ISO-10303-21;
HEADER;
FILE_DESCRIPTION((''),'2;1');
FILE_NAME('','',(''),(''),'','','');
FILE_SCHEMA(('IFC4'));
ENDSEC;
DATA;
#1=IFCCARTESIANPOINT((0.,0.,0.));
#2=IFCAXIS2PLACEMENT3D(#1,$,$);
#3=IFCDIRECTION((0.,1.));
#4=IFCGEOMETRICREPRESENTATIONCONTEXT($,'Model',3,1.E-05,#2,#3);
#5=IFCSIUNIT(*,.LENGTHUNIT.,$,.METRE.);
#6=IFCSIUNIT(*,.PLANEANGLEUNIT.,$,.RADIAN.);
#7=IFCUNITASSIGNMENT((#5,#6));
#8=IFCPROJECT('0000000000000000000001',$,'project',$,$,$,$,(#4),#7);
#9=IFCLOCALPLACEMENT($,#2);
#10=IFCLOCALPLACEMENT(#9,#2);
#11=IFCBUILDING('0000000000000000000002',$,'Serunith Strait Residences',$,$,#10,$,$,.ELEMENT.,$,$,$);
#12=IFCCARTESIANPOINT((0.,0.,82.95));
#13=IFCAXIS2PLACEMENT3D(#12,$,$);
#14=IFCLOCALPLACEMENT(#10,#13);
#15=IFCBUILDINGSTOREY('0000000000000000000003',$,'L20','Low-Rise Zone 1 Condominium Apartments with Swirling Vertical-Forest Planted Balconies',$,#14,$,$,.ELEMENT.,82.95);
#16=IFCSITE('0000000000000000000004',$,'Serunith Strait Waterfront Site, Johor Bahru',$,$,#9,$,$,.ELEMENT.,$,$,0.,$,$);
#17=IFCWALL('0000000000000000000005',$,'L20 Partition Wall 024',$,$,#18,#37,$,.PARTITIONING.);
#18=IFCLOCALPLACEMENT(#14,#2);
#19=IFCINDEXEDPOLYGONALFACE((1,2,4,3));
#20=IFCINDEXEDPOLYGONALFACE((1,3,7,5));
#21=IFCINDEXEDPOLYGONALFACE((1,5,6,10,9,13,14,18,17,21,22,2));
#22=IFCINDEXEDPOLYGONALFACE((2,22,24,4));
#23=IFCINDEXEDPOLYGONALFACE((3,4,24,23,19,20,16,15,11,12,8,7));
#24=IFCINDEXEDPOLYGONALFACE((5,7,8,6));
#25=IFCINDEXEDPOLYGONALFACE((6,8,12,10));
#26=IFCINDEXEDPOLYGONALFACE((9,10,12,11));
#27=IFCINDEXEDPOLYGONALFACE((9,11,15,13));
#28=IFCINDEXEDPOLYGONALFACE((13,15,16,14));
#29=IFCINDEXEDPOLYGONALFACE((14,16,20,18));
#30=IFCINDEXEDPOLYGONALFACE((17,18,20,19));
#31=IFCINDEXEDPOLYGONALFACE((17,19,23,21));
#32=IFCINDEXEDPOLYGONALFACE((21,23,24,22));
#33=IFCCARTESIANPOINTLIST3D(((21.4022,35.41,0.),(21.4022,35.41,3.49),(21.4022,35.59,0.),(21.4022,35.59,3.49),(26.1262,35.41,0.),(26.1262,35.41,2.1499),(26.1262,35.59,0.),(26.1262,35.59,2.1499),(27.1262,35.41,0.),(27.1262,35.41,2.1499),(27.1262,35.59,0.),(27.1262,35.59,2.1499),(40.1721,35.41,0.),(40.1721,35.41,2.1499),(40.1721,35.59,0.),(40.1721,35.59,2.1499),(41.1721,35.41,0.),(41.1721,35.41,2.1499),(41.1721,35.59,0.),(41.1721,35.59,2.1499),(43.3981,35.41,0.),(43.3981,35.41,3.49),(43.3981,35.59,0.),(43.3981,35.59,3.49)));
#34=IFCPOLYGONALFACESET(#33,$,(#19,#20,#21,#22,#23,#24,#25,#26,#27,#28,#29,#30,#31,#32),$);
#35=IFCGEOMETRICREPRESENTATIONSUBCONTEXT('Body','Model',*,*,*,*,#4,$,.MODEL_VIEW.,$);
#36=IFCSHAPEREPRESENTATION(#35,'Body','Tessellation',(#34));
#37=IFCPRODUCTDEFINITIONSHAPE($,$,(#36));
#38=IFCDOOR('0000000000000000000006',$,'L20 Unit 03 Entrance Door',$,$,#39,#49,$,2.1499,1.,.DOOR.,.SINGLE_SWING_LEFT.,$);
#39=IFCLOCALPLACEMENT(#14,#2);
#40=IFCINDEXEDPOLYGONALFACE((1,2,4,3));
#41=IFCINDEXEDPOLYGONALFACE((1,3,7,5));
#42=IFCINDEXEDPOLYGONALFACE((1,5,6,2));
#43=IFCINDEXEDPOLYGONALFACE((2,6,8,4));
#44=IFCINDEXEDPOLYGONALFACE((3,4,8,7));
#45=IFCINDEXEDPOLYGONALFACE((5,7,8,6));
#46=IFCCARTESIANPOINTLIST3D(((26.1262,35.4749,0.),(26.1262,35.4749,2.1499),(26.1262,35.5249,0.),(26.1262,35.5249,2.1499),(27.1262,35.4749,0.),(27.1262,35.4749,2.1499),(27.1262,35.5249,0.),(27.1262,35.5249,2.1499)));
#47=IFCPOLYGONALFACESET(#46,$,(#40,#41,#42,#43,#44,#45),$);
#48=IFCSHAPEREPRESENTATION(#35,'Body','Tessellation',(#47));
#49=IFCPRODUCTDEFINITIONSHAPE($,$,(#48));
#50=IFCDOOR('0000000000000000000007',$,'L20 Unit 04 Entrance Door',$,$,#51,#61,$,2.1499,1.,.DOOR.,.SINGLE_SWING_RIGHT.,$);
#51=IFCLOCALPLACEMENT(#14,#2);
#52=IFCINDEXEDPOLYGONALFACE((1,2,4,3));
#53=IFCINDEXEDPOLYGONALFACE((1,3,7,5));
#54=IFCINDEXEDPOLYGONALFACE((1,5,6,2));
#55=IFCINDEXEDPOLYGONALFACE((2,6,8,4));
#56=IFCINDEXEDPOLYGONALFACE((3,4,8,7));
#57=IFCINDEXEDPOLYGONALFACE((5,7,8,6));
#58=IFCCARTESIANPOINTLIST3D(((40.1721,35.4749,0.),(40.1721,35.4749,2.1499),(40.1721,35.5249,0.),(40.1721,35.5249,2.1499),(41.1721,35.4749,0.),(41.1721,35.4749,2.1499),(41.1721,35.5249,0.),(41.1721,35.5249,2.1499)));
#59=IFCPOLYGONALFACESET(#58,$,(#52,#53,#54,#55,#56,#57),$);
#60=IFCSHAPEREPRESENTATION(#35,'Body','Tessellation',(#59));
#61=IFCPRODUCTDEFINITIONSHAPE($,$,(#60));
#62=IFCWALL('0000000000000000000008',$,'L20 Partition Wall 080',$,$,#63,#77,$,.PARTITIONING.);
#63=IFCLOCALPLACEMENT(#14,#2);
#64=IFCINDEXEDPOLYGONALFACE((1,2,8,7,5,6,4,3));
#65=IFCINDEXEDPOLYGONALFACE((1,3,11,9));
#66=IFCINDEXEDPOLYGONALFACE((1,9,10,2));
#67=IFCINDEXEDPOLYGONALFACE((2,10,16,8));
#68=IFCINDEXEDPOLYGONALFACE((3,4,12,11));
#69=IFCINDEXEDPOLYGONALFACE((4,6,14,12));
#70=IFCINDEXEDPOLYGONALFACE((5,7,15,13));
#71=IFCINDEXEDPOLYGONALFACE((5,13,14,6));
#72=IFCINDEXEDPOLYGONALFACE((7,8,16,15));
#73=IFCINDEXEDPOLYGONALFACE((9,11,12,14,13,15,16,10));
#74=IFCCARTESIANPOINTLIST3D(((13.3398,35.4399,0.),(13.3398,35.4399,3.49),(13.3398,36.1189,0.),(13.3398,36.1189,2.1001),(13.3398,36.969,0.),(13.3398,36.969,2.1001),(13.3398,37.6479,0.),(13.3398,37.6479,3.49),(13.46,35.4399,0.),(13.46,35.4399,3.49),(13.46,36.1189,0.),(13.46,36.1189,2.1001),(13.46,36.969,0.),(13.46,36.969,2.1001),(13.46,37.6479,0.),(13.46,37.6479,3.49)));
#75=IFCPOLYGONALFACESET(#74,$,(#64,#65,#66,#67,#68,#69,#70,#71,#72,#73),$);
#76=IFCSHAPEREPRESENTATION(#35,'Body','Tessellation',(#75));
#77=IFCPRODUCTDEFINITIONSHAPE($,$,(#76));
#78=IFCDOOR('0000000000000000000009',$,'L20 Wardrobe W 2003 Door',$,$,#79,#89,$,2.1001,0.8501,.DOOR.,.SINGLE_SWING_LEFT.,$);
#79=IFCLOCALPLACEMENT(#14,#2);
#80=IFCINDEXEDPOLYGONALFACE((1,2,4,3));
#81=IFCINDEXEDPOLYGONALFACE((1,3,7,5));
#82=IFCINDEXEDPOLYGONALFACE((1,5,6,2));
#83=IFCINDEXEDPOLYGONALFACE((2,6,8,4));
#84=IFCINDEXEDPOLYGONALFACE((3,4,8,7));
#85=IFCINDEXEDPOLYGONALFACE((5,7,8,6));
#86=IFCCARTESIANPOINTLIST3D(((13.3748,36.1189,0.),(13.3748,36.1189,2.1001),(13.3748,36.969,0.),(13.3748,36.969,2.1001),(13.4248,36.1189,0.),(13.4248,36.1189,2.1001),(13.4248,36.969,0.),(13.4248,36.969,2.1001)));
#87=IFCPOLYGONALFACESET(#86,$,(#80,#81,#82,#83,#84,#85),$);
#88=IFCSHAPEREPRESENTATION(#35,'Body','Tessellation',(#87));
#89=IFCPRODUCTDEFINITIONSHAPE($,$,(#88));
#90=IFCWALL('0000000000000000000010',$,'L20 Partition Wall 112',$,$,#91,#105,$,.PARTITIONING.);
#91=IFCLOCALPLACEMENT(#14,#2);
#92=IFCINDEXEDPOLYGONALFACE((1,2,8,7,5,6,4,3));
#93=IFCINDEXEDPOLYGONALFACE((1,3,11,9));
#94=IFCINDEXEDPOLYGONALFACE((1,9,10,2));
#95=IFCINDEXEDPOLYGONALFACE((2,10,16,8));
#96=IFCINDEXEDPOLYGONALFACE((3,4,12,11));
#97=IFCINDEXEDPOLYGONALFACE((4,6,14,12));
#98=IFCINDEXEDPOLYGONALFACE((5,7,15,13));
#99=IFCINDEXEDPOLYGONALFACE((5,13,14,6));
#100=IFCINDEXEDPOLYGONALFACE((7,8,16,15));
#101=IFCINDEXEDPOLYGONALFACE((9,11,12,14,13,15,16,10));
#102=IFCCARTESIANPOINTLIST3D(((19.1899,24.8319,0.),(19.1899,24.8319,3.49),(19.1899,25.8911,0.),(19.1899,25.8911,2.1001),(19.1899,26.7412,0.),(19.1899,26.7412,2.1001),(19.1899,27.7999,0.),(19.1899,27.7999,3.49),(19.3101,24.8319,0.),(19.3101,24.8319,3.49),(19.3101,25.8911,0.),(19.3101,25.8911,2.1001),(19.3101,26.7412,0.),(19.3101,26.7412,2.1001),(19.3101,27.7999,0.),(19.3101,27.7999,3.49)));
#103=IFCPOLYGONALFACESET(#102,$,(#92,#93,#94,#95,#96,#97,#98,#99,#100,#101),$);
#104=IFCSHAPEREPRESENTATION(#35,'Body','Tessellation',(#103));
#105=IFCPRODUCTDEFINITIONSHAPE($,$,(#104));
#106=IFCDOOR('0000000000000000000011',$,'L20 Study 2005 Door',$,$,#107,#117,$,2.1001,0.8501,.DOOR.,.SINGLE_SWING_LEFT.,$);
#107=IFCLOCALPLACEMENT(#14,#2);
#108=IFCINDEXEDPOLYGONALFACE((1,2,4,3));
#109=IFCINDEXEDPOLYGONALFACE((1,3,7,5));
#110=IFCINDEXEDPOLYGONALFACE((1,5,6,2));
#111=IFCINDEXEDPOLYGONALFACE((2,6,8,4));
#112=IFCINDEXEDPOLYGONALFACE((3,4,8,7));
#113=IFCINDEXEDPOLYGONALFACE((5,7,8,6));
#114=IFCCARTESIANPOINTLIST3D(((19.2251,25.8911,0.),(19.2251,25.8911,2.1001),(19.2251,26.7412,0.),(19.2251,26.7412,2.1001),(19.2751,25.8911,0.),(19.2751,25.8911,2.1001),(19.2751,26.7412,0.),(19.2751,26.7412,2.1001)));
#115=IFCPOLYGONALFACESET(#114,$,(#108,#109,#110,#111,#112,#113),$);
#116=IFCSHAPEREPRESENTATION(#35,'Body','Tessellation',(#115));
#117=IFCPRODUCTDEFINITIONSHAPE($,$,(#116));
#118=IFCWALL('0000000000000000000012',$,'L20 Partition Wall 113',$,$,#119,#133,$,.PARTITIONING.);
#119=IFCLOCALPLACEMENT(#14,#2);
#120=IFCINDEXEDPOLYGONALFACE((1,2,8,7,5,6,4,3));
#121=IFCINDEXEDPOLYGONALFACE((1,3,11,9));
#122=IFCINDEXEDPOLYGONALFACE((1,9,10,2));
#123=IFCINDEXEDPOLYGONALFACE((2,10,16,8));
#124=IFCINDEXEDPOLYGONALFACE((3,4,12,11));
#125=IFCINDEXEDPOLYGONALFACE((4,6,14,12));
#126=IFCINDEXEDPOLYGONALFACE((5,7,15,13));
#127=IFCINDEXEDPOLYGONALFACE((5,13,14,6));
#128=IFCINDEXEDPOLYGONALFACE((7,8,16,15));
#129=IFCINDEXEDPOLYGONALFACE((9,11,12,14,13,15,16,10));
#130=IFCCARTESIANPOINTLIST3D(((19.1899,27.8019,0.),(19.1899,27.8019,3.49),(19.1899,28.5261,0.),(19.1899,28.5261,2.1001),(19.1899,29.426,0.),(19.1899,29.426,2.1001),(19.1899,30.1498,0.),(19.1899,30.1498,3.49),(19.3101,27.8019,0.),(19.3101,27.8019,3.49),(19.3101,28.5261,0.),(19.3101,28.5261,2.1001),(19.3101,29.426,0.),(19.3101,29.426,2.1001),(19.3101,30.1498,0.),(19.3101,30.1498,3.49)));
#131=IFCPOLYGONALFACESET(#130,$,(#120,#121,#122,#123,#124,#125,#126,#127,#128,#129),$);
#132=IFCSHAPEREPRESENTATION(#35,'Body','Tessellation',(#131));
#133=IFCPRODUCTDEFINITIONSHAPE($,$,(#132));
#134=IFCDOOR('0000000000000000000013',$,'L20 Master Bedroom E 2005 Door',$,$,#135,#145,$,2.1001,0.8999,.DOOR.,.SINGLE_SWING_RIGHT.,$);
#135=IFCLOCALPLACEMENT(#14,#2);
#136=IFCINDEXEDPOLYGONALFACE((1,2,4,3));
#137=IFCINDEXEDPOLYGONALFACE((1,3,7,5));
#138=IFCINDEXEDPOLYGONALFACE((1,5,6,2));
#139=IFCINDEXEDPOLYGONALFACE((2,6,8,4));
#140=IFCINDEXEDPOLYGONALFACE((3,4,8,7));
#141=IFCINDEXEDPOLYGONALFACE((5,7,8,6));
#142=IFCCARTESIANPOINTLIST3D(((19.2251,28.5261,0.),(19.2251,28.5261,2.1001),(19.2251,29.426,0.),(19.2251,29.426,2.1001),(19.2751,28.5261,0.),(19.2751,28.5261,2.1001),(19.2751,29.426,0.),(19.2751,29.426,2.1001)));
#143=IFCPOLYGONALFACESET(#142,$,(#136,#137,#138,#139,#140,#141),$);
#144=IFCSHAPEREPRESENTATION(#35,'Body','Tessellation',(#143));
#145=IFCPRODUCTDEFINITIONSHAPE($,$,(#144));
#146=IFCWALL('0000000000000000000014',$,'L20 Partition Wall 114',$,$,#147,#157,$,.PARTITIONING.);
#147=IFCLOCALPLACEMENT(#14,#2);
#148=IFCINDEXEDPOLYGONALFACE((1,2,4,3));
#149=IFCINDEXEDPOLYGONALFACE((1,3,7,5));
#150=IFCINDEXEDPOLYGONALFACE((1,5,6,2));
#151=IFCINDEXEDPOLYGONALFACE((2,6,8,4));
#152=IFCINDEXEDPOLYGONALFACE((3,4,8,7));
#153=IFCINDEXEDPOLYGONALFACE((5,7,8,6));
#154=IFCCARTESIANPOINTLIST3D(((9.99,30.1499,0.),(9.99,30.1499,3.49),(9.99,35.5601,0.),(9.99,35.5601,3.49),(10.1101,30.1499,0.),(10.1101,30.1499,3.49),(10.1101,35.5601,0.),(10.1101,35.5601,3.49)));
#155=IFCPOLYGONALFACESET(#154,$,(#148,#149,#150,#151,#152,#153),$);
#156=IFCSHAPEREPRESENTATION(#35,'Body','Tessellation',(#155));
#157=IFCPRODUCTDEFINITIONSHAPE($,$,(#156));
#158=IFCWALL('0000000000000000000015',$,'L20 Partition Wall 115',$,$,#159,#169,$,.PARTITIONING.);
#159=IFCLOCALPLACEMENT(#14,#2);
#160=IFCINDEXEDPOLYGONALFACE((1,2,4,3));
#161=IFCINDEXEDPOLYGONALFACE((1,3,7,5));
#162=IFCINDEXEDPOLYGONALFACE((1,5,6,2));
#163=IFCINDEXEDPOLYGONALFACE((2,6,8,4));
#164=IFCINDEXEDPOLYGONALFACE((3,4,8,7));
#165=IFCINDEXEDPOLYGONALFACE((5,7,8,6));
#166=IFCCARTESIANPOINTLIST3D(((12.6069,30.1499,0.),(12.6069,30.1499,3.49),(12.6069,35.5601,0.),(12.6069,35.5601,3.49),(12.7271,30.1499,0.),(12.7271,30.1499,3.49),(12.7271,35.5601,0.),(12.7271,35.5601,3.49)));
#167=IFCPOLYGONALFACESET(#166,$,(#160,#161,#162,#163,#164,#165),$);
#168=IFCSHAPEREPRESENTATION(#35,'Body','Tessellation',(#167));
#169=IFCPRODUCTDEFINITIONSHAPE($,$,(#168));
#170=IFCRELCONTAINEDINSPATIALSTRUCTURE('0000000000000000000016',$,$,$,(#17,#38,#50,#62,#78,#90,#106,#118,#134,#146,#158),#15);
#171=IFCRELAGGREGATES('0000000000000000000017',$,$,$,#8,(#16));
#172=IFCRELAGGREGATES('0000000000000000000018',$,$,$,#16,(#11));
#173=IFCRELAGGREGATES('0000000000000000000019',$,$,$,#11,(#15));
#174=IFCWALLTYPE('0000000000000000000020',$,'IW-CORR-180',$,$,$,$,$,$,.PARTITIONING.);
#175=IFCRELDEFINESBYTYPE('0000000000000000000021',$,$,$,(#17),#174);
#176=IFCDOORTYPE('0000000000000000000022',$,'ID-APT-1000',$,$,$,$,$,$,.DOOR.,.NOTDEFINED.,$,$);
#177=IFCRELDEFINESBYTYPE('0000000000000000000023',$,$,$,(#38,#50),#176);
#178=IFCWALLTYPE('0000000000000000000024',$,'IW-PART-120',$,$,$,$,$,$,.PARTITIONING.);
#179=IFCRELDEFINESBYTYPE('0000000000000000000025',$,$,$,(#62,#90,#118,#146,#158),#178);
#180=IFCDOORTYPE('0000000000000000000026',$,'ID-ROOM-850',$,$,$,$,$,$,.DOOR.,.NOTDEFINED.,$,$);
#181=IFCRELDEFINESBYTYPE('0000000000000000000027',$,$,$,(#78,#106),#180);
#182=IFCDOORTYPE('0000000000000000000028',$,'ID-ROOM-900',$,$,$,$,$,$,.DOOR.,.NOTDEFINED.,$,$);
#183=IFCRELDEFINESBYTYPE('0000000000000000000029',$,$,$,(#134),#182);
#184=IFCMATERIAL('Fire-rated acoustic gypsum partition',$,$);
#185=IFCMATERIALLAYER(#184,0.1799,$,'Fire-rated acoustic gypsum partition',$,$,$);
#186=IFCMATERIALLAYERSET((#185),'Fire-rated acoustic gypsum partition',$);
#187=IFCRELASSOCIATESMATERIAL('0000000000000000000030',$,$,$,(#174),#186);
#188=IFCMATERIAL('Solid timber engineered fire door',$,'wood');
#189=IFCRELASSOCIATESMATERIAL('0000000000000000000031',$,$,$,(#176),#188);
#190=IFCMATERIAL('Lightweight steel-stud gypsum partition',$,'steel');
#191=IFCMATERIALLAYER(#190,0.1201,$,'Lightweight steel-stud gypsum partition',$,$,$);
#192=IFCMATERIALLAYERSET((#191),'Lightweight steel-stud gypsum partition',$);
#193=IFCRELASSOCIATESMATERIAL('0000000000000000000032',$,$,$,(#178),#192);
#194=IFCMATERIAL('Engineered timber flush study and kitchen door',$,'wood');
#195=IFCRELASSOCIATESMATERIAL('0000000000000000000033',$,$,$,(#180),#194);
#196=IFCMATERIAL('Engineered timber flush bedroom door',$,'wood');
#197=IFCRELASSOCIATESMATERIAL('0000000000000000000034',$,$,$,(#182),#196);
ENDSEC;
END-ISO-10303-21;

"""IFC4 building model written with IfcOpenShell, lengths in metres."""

from ifc_helpers import new_model, si_unit, direction, frame, frame_2d, origin, place, context, subcontext, project, spatial, rectangle, extrude, source, transform, mapped, material, layer, layer_set, type_object, element, fill, save


model = new_model("IFC4")

# Units and contexts
model_context = context("Model", 3, precision=1e-05, world=origin(), true_north=direction((0.0, 1.0)))
body_context = subcontext(model_context, "Body", "Model", "MODEL_VIEW")
ifc_project = project(units=[si_unit("LENGTHUNIT", "METRE"), si_unit("PLANEANGLEUNIT", "RADIAN")], contexts=[model_context])

# Site, building, storey
site_placement = place(None, origin())
site = spatial("IfcSite", under=ifc_project, at=site_placement, Name="Serunith Strait Waterfront Site, Johor Bahru", CompositionType="ELEMENT", RefElevation=0.0)
building_placement = place(site_placement, origin())
building = spatial("IfcBuilding", under=site, at=building_placement, Name="Serunith Strait Residences", CompositionType="ELEMENT")
storey_placement = place(building_placement, frame((0.0, 0.0, 82.95)))
storey = spatial("IfcBuildingStorey", under=building, at=storey_placement, Name="L20", Description="Low-Rise Zone 1 Condominium Apartments with Swirling Vertical-Forest Planted Balconies", CompositionType="ELEMENT", Elevation=82.95)

# Wall, openings, doors
ifc_material_1 = material(Name="Fire-rated acoustic gypsum partition")
ifc_layer_1 = layer(ifc_material_1, 0.1799, Name="Fire-rated acoustic gypsum partition")
ifc_layer_set_1 = layer_set([ifc_layer_1], Name="Fire-rated acoustic gypsum partition")
wall_type_1 = type_object("IfcWallType", Name="IW-CORR-180", PredefinedType="PARTITIONING", material=ifc_layer_set_1)
wall_1_placement = place(storey_placement, frame((21.4021, 35.5, 0.0), z_axis=(0.0, 0.0, 1.0), x_axis=(1.0, 0.0, 0.0)))
wall_1 = element("IfcWall", 1, at=wall_1_placement, inside=storey, type_object=wall_type_1, Name="L20 Partition Wall 024", PredefinedType="PARTITIONING", context=body_context, shape_type="SweptSolid", body=[
    extrude(rectangle(XDim=21.9958, YDim=0.1799, at=frame_2d((10.998, 0.0))), origin(), (0.0, 0.0, 1.0), 3.49),
])
opening_1_placement = place(wall_1_placement, frame((4.7241, 0.0, 0.0)))
opening_1 = element("IfcOpeningElement", 2, at=opening_1_placement, cuts=wall_1, PredefinedType="OPENING", context=body_context, shape_type="SweptSolid", body=[
    extrude(rectangle(XDim=1.0, YDim=2.1499, at=frame_2d((0.5, 1.075))), frame((0.0, 0.1001, 0.0), z_axis=(0.0, -1.0, 0.0), x_axis=(1.0, 0.0, 0.0)), (0.0, 0.0, 1.0), 0.2),
])
opening_2_placement = place(wall_1_placement, frame((18.77, 0.0, 0.0)))
opening_2 = element("IfcOpeningElement", 3, at=opening_2_placement, cuts=wall_1, PredefinedType="OPENING", context=body_context, shape_type="SweptSolid", body=[
    extrude(rectangle(XDim=1.0, YDim=2.1499, at=frame_2d((0.5, 1.075))), frame((0.0, 0.1001, 0.0), z_axis=(0.0, -1.0, 0.0), x_axis=(1.0, 0.0, 0.0)), (0.0, 0.0, 1.0), 0.2),
])
ifc_material_2 = material(Name="Solid timber engineered fire door", Category="wood")
door_type_1 = type_object("IfcDoorType", Name="ID-APT-1000", OperationType="NOTDEFINED", PredefinedType="DOOR", material=ifc_material_2)
shared_shape_1 = source(origin(), body_context, "Body", "SweptSolid", [
    extrude(rectangle(XDim=1.0, YDim=2.1499, at=frame_2d((0.5, 1.075))), frame((0.0, 0.0249, 0.0), z_axis=(0.0, -1.0, 0.0), x_axis=(1.0, 0.0, 0.0)), (0.0, 0.0, 1.0), 0.05),
])
door_1_placement = place(opening_1_placement, origin())
door_1 = element("IfcDoor", 4, at=door_1_placement, inside=storey, type_object=door_type_1, Name="L20 Unit 03 Entrance Door", OperationType="SINGLE_SWING_LEFT", OverallHeight=2.1499, OverallWidth=1.0, PredefinedType="DOOR", context=body_context, shape_type="MappedRepresentation", body=[
    mapped(shared_shape_1, transform((0.0, 0.0, 0.0), scale=1.0)),
])
fill(opening_1, door_1)
door_2_placement = place(opening_2_placement, origin())
door_2 = element("IfcDoor", 5, at=door_2_placement, inside=storey, type_object=door_type_1, Name="L20 Unit 04 Entrance Door", OperationType="SINGLE_SWING_RIGHT", OverallHeight=2.1499, OverallWidth=1.0, PredefinedType="DOOR", context=body_context, shape_type="MappedRepresentation", body=[
    mapped(shared_shape_1, transform((0.0, 0.0, 0.0), scale=1.0)),
])
fill(opening_2, door_2)

# Walls, openings, doors
ifc_material_3 = material(Name="Lightweight steel-stud gypsum partition", Category="steel")
ifc_layer_2 = layer(ifc_material_3, 0.1201, Name="Lightweight steel-stud gypsum partition")
ifc_layer_set_2 = layer_set([ifc_layer_2], Name="Lightweight steel-stud gypsum partition")
wall_type_2 = type_object("IfcWallType", Name="IW-PART-120", PredefinedType="PARTITIONING", material=ifc_layer_set_2)
wall_2_placement = place(storey_placement, frame((13.3999, 37.6479, 0.0), z_axis=(0.0, 0.0, 1.0), x_axis=(0.0, -1.0, 0.0)))
wall_2 = element("IfcWall", 6, at=wall_2_placement, inside=storey, type_object=wall_type_2, Name="L20 Partition Wall 080", PredefinedType="PARTITIONING", context=body_context, shape_type="SweptSolid", body=[
    extrude(rectangle(XDim=2.208, YDim=0.1201, at=frame_2d((1.104, 0.0))), origin(), (0.0, 0.0, 1.0), 3.49),
])
opening_3_placement = place(wall_2_placement, frame((0.679, 0.0, 0.0)))
opening_3 = element("IfcOpeningElement", 7, at=opening_3_placement, cuts=wall_2, PredefinedType="OPENING", context=body_context, shape_type="SweptSolid", body=[
    extrude(rectangle(XDim=0.8501, YDim=2.1001, at=frame_2d((0.425, 1.05))), frame((0.0, 0.0701, 0.0), z_axis=(0.0, -1.0, 0.0), x_axis=(1.0, 0.0, 0.0)), (0.0, 0.0, 1.0), 0.1401),
])
ifc_material_4 = material(Name="Engineered timber flush study and kitchen door", Category="wood")
door_type_2 = type_object("IfcDoorType", Name="ID-ROOM-850", OperationType="NOTDEFINED", PredefinedType="DOOR", material=ifc_material_4)
shared_shape_2 = source(origin(), body_context, "Body", "SweptSolid", [
    extrude(rectangle(XDim=0.8501, YDim=2.1001, at=frame_2d((0.425, 1.05))), frame((0.0, 0.0249, 0.0), z_axis=(0.0, -1.0, 0.0), x_axis=(1.0, 0.0, 0.0)), (0.0, 0.0, 1.0), 0.05),
])
door_3_placement = place(opening_3_placement, origin())
door_3 = element("IfcDoor", 8, at=door_3_placement, inside=storey, type_object=door_type_2, Name="L20 Wardrobe W 2003 Door", OperationType="SINGLE_SWING_LEFT", OverallHeight=2.1001, OverallWidth=0.8501, PredefinedType="DOOR", context=body_context, shape_type="MappedRepresentation", body=[
    mapped(shared_shape_2, transform((0.0, 0.0, 0.0), scale=1.0)),
])
fill(opening_3, door_3)
wall_3_placement = place(storey_placement, frame((19.25, 24.832, 0.0), z_axis=(0.0, 0.0, 1.0), x_axis=(0.0, 1.0, 0.0)))
wall_3 = element("IfcWall", 9, at=wall_3_placement, inside=storey, type_object=wall_type_2, Name="L20 Partition Wall 112", PredefinedType="PARTITIONING", context=body_context, shape_type="SweptSolid", body=[
    extrude(rectangle(XDim=2.968, YDim=0.1201, at=frame_2d((1.4839, 0.0))), origin(), (0.0, 0.0, 1.0), 3.49),
])
opening_4_placement = place(wall_3_placement, frame((1.0591, 0.0, 0.0)))
opening_4 = element("IfcOpeningElement", 10, at=opening_4_placement, cuts=wall_3, PredefinedType="OPENING", context=body_context, shape_type="SweptSolid", body=[
    extrude(rectangle(XDim=0.8501, YDim=2.1001, at=frame_2d((0.425, 1.05))), frame((0.0, 0.0701, 0.0), z_axis=(0.0, -1.0, 0.0), x_axis=(1.0, 0.0, 0.0)), (0.0, 0.0, 1.0), 0.1401),
])
door_4_placement = place(opening_4_placement, origin())
door_4 = element("IfcDoor", 11, at=door_4_placement, inside=storey, type_object=door_type_2, Name="L20 Study 2005 Door", OperationType="SINGLE_SWING_LEFT", OverallHeight=2.1001, OverallWidth=0.8501, PredefinedType="DOOR", context=body_context, shape_type="MappedRepresentation", body=[
    mapped(shared_shape_2, transform((0.0, 0.0, 0.0), scale=1.0)),
])
fill(opening_4, door_4)
wall_4_placement = place(storey_placement, frame((19.25, 27.802, 0.0), z_axis=(0.0, 0.0, 1.0), x_axis=(0.0, 1.0, 0.0)))
wall_4 = element("IfcWall", 12, at=wall_4_placement, inside=storey, type_object=wall_type_2, Name="L20 Partition Wall 113", PredefinedType="PARTITIONING", context=body_context, shape_type="SweptSolid", body=[
    extrude(rectangle(XDim=2.3479, YDim=0.1201, at=frame_2d((1.1738, 0.0))), origin(), (0.0, 0.0, 1.0), 3.49),
])
opening_5_placement = place(wall_4_placement, frame((0.7241, 0.0, 0.0)))
opening_5 = element("IfcOpeningElement", 13, at=opening_5_placement, cuts=wall_4, PredefinedType="OPENING", context=body_context, shape_type="SweptSolid", body=[
    extrude(rectangle(XDim=0.8999, YDim=2.1001, at=frame_2d((0.45, 1.05))), frame((0.0, 0.0701, 0.0), z_axis=(0.0, -1.0, 0.0), x_axis=(1.0, 0.0, 0.0)), (0.0, 0.0, 1.0), 0.1401),
])
ifc_material_5 = material(Name="Engineered timber flush bedroom door", Category="wood")
door_type_3 = type_object("IfcDoorType", Name="ID-ROOM-900", OperationType="NOTDEFINED", PredefinedType="DOOR", material=ifc_material_5)
shared_shape_3 = source(origin(), body_context, "Body", "SweptSolid", [
    extrude(rectangle(XDim=0.8999, YDim=2.1001, at=frame_2d((0.45, 1.05))), frame((0.0, 0.0249, 0.0), z_axis=(0.0, -1.0, 0.0), x_axis=(1.0, 0.0, 0.0)), (0.0, 0.0, 1.0), 0.05),
])
door_5_placement = place(opening_5_placement, origin())
door_5 = element("IfcDoor", 14, at=door_5_placement, inside=storey, type_object=door_type_3, Name="L20 Master Bedroom E 2005 Door", OperationType="SINGLE_SWING_RIGHT", OverallHeight=2.1001, OverallWidth=0.8999, PredefinedType="DOOR", context=body_context, shape_type="MappedRepresentation", body=[
    mapped(shared_shape_3, transform((0.0, 0.0, 0.0), scale=1.0)),
])
fill(opening_5, door_5)

# Walls
for number, where, z_axis, x_axis, name in (
    (15, (10.05, 30.1499, 0.0), (0.0, 0.0, 1.0), (0.0, 1.0, 0.0), "L20 Partition Wall 114"),
    (16, (12.667, 30.1499, 0.0), (0.0, 0.0, 1.0), (0.0, 1.0, 0.0), "L20 Partition Wall 115"),
):
    element("IfcWall", number, at=place(storey_placement, frame(where, z_axis=z_axis, x_axis=x_axis)), inside=storey, type_object=wall_type_2, Name=name, PredefinedType="PARTITIONING", context=body_context, shape_type="SweptSolid", body=[
        extrude(rectangle(XDim=5.4102, YDim=0.1201, at=frame_2d((2.7051, 0.0))), origin(), (0.0, 0.0, 1.0), 3.49),
    ])

save(model, "model.ifc")
